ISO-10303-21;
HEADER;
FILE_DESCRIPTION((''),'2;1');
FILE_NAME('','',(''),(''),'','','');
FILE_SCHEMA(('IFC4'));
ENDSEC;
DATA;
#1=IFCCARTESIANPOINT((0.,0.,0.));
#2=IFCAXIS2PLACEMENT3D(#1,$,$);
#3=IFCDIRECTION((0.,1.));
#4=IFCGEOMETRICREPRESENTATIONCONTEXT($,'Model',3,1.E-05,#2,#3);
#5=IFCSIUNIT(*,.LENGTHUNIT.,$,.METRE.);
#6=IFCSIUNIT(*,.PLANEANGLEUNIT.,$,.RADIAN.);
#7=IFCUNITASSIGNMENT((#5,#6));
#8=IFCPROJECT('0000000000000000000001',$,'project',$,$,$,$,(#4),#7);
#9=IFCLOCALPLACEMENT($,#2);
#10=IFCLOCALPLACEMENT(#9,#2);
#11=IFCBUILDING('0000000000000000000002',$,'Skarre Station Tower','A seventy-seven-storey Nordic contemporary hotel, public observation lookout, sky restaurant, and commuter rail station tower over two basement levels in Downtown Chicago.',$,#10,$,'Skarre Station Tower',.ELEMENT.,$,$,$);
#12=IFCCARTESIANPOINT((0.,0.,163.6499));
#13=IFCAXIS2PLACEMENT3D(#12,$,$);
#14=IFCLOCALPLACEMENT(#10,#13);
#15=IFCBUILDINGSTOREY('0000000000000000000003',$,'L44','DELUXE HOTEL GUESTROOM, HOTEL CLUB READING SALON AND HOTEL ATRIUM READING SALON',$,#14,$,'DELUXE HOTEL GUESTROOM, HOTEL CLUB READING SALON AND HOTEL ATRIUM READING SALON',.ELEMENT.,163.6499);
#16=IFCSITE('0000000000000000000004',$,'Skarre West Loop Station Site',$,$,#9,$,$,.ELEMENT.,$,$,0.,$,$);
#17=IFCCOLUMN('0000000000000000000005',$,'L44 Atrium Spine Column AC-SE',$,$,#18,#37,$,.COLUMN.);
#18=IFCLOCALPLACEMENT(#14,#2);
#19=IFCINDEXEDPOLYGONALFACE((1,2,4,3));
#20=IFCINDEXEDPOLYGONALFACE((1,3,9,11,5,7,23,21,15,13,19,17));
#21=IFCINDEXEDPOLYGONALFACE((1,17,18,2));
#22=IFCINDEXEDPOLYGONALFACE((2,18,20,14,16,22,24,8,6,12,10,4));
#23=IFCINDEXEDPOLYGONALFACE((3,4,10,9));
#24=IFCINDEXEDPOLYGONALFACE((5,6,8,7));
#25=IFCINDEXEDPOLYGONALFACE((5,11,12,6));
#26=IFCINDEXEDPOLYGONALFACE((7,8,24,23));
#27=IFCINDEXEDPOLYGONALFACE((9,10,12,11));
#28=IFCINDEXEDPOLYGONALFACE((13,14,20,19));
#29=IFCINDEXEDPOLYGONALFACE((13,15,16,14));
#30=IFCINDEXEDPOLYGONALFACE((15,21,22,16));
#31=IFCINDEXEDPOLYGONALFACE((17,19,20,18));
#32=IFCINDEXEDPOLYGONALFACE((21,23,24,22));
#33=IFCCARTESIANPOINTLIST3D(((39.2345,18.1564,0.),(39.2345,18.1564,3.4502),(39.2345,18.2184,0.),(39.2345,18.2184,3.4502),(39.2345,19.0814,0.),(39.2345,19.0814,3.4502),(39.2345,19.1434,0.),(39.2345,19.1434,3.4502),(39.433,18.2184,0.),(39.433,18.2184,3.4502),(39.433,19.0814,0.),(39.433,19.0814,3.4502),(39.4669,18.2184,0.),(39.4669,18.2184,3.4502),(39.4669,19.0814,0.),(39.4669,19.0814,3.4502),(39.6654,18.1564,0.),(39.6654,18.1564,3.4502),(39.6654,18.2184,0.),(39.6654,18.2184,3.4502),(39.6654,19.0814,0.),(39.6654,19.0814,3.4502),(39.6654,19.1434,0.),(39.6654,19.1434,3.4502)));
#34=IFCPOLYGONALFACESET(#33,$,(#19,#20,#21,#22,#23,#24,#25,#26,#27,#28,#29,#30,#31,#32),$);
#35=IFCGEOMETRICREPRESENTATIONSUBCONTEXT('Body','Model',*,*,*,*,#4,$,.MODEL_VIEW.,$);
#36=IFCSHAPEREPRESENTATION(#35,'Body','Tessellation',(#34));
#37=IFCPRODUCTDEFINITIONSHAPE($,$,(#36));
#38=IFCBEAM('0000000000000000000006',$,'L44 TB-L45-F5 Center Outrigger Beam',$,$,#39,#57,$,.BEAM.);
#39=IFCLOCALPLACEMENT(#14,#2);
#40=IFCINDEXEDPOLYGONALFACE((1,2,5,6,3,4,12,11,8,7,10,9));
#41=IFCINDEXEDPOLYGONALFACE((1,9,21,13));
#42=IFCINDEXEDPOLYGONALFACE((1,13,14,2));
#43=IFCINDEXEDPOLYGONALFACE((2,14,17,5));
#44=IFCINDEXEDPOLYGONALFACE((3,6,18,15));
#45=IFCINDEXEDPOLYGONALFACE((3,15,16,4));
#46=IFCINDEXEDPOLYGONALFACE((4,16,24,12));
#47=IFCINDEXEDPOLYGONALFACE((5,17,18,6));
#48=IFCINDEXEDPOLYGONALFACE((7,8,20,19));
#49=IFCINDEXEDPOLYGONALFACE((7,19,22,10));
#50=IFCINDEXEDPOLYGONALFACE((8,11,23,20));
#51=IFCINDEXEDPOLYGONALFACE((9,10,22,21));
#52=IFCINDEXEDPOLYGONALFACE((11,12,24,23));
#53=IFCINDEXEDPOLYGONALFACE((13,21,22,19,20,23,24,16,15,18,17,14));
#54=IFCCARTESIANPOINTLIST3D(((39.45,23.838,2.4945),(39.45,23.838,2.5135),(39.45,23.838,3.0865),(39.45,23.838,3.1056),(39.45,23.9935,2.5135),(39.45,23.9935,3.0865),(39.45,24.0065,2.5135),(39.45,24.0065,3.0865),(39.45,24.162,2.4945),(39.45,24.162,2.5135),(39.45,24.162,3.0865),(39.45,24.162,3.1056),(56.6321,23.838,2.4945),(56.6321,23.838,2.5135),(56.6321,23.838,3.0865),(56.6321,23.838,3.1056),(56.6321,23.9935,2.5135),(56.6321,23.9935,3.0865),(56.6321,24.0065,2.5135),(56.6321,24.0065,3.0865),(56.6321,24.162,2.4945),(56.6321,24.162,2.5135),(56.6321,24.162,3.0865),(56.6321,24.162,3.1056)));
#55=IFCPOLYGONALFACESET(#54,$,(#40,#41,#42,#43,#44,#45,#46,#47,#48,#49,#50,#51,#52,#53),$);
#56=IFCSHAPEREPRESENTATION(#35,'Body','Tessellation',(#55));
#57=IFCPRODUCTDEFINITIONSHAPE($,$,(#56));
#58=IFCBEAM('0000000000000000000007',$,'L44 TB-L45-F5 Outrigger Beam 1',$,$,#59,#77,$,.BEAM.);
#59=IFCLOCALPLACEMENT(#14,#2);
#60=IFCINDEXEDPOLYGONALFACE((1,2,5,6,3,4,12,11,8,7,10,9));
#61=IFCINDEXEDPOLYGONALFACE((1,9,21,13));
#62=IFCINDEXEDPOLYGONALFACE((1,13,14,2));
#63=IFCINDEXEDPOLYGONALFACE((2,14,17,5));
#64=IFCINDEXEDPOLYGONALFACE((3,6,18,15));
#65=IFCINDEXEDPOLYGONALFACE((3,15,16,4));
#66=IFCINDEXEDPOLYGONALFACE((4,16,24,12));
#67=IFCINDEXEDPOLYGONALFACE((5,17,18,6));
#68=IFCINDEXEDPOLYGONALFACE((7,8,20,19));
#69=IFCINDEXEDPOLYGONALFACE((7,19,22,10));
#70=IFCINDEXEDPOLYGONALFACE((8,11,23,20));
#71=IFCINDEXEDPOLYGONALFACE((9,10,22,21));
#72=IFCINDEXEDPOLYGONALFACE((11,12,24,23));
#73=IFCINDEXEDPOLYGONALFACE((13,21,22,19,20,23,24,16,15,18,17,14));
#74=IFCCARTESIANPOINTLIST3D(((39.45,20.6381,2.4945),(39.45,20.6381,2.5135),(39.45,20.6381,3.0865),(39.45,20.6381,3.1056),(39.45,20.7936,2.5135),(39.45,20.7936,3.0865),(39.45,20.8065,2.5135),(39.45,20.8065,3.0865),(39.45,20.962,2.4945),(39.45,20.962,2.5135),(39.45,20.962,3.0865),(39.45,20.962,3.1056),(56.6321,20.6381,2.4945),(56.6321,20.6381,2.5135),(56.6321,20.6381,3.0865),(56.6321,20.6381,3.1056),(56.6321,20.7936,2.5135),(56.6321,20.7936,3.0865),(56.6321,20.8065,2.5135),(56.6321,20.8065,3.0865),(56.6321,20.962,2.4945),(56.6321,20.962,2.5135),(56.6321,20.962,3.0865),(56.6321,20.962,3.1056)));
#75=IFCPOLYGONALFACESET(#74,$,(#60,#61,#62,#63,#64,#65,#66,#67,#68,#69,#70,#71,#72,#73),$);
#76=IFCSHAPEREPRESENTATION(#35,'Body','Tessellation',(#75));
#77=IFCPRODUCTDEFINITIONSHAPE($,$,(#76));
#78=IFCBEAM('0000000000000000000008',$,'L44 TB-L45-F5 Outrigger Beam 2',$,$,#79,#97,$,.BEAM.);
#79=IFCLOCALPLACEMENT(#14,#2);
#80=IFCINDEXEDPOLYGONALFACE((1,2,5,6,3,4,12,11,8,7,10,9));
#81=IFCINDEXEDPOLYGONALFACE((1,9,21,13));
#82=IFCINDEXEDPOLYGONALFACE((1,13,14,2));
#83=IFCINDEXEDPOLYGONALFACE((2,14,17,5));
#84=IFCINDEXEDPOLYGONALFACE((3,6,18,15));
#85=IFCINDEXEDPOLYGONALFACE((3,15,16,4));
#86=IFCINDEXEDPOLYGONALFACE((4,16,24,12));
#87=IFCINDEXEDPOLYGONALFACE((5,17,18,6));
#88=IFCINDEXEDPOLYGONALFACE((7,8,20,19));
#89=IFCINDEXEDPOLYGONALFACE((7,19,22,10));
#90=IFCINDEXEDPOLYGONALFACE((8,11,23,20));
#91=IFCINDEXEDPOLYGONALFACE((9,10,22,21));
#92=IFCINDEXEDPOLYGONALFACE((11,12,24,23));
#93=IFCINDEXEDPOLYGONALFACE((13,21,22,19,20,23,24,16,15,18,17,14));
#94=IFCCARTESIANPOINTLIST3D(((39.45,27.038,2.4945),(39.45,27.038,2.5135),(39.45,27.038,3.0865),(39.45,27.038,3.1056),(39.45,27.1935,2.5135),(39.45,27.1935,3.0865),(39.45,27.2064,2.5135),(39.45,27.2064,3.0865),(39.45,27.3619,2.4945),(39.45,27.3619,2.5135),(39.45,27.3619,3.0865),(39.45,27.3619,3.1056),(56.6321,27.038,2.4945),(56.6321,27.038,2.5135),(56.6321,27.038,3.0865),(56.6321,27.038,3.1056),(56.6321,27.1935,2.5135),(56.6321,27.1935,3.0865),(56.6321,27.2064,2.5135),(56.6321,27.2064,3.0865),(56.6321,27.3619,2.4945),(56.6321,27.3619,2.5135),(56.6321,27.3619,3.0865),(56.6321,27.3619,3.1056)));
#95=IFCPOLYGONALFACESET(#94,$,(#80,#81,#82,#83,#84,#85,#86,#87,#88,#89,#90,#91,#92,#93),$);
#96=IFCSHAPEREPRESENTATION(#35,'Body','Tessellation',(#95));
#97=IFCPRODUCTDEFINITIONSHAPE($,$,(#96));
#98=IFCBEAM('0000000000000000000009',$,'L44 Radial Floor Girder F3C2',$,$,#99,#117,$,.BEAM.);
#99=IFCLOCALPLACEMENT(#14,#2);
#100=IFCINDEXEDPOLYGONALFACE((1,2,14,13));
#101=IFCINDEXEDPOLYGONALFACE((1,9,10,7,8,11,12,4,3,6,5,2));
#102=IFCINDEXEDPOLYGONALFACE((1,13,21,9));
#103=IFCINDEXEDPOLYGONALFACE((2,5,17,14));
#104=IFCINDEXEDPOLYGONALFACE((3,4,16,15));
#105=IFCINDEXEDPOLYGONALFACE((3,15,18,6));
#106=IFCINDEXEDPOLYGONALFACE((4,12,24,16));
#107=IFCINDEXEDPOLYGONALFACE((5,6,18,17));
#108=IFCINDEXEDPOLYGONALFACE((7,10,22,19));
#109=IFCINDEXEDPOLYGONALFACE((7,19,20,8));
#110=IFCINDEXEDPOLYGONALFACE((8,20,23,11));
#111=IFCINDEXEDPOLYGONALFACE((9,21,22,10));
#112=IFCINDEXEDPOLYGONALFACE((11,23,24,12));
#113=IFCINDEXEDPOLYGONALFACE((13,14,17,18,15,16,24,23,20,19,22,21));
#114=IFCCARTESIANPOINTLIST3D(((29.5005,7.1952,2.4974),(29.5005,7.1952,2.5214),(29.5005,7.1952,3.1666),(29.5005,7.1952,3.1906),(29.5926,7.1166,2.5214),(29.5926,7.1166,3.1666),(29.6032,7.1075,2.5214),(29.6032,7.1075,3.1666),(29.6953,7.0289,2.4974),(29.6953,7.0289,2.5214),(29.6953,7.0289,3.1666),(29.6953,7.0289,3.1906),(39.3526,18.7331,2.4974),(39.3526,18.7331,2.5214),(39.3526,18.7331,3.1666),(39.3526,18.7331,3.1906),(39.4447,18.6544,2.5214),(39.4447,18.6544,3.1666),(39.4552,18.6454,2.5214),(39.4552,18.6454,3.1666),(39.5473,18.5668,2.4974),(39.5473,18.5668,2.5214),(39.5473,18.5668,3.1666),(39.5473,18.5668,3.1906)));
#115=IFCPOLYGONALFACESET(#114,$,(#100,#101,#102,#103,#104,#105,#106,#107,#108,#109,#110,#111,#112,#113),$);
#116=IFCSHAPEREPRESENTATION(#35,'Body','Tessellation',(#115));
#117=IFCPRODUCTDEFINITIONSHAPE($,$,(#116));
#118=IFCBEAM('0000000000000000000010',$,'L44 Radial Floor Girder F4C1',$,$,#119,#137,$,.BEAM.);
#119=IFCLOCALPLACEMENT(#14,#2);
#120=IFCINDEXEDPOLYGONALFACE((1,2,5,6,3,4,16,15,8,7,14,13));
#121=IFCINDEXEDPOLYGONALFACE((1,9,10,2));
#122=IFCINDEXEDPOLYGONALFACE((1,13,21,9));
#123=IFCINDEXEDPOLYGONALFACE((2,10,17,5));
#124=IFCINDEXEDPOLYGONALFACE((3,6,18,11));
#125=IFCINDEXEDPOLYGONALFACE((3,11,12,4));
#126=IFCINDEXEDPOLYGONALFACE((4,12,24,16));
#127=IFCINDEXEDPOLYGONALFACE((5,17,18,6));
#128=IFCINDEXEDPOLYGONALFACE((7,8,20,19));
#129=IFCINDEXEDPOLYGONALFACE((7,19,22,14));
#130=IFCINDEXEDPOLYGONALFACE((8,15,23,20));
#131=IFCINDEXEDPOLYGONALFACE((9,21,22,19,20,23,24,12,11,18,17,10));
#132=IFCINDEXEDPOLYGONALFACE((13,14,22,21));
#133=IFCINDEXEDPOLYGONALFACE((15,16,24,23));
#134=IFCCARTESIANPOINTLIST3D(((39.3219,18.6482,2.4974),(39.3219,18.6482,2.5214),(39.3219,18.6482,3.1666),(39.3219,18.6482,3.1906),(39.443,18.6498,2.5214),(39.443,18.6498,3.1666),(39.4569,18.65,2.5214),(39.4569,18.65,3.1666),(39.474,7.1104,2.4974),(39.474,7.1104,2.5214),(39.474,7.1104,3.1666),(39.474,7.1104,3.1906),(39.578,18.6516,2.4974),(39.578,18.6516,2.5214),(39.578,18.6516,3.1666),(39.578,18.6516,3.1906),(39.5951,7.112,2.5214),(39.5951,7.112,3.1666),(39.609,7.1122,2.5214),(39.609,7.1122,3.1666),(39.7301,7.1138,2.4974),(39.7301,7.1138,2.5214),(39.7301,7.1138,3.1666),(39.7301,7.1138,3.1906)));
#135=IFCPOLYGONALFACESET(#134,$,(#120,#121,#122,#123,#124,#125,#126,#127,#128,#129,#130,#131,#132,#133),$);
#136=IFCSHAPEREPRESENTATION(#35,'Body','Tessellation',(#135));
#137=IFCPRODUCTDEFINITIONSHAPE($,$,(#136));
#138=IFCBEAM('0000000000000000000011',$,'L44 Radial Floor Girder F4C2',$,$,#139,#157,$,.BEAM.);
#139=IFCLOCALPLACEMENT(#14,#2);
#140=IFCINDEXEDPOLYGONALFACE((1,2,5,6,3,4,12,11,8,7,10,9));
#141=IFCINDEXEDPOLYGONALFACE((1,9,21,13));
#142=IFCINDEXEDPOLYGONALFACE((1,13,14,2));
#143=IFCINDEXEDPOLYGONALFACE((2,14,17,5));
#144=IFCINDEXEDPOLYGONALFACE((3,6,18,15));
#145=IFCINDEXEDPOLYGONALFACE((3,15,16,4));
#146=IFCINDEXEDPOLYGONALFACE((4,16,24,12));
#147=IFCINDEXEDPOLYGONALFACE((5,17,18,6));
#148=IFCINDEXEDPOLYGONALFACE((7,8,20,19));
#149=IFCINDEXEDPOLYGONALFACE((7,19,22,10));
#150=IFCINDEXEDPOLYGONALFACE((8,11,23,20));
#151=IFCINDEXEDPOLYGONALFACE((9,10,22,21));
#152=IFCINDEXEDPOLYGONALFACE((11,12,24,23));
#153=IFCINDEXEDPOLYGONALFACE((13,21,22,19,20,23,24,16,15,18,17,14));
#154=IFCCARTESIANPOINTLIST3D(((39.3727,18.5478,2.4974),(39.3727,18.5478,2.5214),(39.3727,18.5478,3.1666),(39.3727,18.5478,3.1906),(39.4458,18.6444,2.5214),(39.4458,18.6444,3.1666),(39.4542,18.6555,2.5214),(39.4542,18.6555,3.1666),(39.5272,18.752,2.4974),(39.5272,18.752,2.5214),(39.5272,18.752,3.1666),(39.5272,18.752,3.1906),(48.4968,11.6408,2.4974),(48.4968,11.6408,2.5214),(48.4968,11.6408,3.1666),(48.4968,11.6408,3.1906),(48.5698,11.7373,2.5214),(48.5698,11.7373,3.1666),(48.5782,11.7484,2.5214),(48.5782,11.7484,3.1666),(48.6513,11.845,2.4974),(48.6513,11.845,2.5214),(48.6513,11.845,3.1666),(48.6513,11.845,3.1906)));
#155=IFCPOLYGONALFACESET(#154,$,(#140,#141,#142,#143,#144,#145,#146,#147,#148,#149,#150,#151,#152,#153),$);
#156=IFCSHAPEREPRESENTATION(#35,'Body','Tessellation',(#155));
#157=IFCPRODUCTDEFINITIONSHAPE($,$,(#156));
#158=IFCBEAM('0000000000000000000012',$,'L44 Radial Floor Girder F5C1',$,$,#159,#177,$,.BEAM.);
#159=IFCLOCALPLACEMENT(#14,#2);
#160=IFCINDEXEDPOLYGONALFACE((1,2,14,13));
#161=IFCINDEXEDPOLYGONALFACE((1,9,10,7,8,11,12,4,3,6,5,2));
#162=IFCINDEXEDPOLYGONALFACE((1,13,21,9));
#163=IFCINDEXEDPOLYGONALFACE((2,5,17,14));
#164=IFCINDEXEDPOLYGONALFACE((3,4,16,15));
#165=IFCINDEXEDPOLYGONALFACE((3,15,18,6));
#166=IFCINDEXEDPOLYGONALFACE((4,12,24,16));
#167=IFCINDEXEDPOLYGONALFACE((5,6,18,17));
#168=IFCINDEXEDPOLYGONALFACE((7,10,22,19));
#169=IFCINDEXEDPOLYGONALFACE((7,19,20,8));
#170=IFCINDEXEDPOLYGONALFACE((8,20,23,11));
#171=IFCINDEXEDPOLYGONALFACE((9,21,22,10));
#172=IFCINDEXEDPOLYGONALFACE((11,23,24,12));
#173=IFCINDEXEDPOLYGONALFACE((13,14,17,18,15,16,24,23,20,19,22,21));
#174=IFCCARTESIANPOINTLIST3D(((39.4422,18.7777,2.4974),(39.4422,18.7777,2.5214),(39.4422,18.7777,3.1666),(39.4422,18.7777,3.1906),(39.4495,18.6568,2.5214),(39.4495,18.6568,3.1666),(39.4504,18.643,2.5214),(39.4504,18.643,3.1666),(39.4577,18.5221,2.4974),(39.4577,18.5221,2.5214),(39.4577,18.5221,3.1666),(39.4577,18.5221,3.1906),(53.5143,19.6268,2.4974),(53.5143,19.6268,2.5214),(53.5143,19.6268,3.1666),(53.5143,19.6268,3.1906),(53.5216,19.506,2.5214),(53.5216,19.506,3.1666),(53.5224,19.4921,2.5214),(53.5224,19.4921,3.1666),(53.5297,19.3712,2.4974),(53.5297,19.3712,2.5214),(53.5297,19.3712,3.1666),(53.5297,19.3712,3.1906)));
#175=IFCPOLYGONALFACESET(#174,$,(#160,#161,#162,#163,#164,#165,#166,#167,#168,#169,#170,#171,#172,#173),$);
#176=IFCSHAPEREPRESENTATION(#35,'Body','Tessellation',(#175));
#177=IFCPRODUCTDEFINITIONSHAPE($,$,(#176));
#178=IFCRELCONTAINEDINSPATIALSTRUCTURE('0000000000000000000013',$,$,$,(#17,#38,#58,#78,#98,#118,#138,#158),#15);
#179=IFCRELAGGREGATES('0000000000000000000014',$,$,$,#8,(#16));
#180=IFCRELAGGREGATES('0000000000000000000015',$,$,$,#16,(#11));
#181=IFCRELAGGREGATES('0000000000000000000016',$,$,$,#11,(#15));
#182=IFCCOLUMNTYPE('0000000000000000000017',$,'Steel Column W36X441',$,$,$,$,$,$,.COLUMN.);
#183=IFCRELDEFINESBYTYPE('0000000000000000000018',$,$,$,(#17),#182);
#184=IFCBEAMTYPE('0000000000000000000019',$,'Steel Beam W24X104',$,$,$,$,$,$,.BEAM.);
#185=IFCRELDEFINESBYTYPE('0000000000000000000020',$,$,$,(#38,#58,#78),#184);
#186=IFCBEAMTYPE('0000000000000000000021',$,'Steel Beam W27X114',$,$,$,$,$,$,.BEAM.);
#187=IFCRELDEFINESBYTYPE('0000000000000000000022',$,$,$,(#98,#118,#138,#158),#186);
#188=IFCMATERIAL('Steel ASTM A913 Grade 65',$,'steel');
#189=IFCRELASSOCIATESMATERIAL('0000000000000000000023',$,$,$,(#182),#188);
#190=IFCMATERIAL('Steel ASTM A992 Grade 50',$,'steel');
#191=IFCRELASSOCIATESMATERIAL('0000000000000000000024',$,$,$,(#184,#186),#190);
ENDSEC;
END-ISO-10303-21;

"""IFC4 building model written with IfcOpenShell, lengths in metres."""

from ifc_helpers import new_model, si_unit, direction, frame, origin, origin_2d, place, context, subcontext, project, spatial, i_section, extrude, material, material_profile, profile_set, type_object, element, save


model = new_model("IFC4")

# Units and contexts
model_context = context("Model", 3, precision=1e-05, world=origin(), true_north=direction((0.0, 1.0)))
body_context = subcontext(model_context, "Body", "Model", "MODEL_VIEW")
ifc_project = project(units=[si_unit("LENGTHUNIT", "METRE"), si_unit("PLANEANGLEUNIT", "RADIAN")], contexts=[model_context])

# Site, building, storey
site_placement = place(None, origin())
site = spatial("IfcSite", under=ifc_project, at=site_placement, Name="Skarre West Loop Station Site", CompositionType="ELEMENT", RefElevation=0.0)
building_placement = place(site_placement, origin())
building = spatial("IfcBuilding", under=site, at=building_placement, Name="Skarre Station Tower", Description="A seventy-seven-storey Nordic contemporary hotel, public observation lookout, sky restaurant, and commuter rail station tower over two basement levels in Downtown Chicago.", LongName="Skarre Station Tower", CompositionType="ELEMENT")
storey_placement = place(building_placement, frame((0.0, 0.0, 163.6499)))
storey = spatial("IfcBuildingStorey", under=building, at=storey_placement, Name="L44", Description="DELUXE HOTEL GUESTROOM, HOTEL CLUB READING SALON AND HOTEL ATRIUM READING SALON", LongName="DELUXE HOTEL GUESTROOM, HOTEL CLUB READING SALON AND HOTEL ATRIUM READING SALON", CompositionType="ELEMENT", Elevation=163.6499)

# Column
ifc_material_1 = material(Name="Steel ASTM A913 Grade 65", Category="steel")
ifc_material_profile_1 = material_profile(ifc_material_1, i_section(OverallWidth=0.4309, OverallDepth=0.9871, WebThickness=0.0339, FlangeThickness=0.062, at=origin_2d()), Name="Steel ASTM A913 Grade 65")
ifc_profile_set_1 = profile_set([ifc_material_profile_1], Name="Steel ASTM A913 Grade 65")
column_type = type_object("IfcColumnType", Name="Steel Column W36X441", PredefinedType="COLUMN", material=ifc_profile_set_1)
column_placement = place(storey_placement, frame((39.45, 18.6499, 0.0), z_axis=(0.0, 0.0, 1.0), x_axis=(1.0, 0.0, 0.0)))
element("IfcColumn", 1, at=column_placement, inside=storey, type_object=column_type, Name="L44 Atrium Spine Column AC-SE", PredefinedType="COLUMN", context=body_context, shape_type="SweptSolid", body=[
    extrude(i_section(OverallWidth=0.4309, OverallDepth=0.9871, WebThickness=0.0339, FlangeThickness=0.062, at=origin_2d()), origin(), (0.0, 0.0, 1.0), 3.4502),
])

# Beams
ifc_material_2 = material(Name="Steel ASTM A992 Grade 50", Category="steel")
ifc_material_profile_2 = material_profile(ifc_material_2, i_section(OverallWidth=0.324, OverallDepth=0.6111, WebThickness=0.0129, FlangeThickness=0.019, at=origin_2d()), Name="Steel ASTM A992 Grade 50")
ifc_profile_set_2 = profile_set([ifc_material_profile_2], Name="Steel ASTM A992 Grade 50")
beam_type_1 = type_object("IfcBeamType", Name="Steel Beam W24X104", PredefinedType="BEAM", material=ifc_profile_set_2)
for number, where, z_axis, x_axis, name in (
    (2, (39.45, 24.0, 2.8), (1.0, 0.0, 0.0), (0.0, 1.0, 0.0), "L44 TB-L45-F5 Center Outrigger Beam"),
    (3, (39.45, 20.8, 2.8), (1.0, 0.0, 0.0), (0.0, 1.0, 0.0), "L44 TB-L45-F5 Outrigger Beam 1"),
    (4, (39.45, 27.2, 2.8), (1.0, 0.0, 0.0), (0.0, 1.0, 0.0), "L44 TB-L45-F5 Outrigger Beam 2"),
):
    element("IfcBeam", number, at=place(storey_placement, frame(where, z_axis=z_axis, x_axis=x_axis)), inside=storey, type_object=beam_type_1, Name=name, PredefinedType="BEAM", context=body_context, shape_type="SweptSolid", body=[
        extrude(i_section(OverallWidth=0.324, OverallDepth=0.6111, WebThickness=0.0129, FlangeThickness=0.019, at=origin_2d()), origin(), (0.0, 0.0, 1.0), 17.1821),
    ])
ifc_material_profile_3 = material_profile(ifc_material_2, i_section(OverallWidth=0.2561, OverallDepth=0.6931, WebThickness=0.0139, FlangeThickness=0.0239, at=origin_2d()), Name="Steel ASTM A992 Grade 50")
ifc_profile_set_3 = profile_set([ifc_material_profile_3], Name="Steel ASTM A992 Grade 50")
beam_type_2 = type_object("IfcBeamType", Name="Steel Beam W27X114", PredefinedType="BEAM", material=ifc_profile_set_3)
beam_1_placement = place(storey_placement, frame((39.45, 18.6499, 2.844), z_axis=(-0.649364, -0.760477, 0.0), x_axis=(0.760477, -0.649364, 0.0)))
element("IfcBeam", 5, at=beam_1_placement, inside=storey, type_object=beam_type_2, Name="L44 Radial Floor Girder F3C2", PredefinedType="BEAM", context=body_context, shape_type="SweptSolid", body=[
    extrude(i_section(OverallWidth=0.2561, OverallDepth=0.6931, WebThickness=0.0139, FlangeThickness=0.0239, at=origin_2d()), origin(), (0.0, 0.0, 1.0), 15.1719),
])
beam_2_placement = place(storey_placement, frame((39.45, 18.6499, 2.844), z_axis=(0.013182, -0.999913, 0.0), x_axis=(0.999913, 0.013182, 0.0)))
element("IfcBeam", 6, at=beam_2_placement, inside=storey, type_object=beam_type_2, Name="L44 Radial Floor Girder F4C1", PredefinedType="BEAM", context=body_context, shape_type="SweptSolid", body=[
    extrude(i_section(OverallWidth=0.2561, OverallDepth=0.6931, WebThickness=0.0139, FlangeThickness=0.0239, at=origin_2d()), origin(), (0.0, 0.0, 1.0), 11.5388),
])
beam_3_placement = place(storey_placement, frame((39.45, 18.6499, 2.844), z_axis=(0.797309, -0.603571, 0.0), x_axis=(0.603571, 0.797309, 0.0)))
element("IfcBeam", 7, at=beam_3_placement, inside=storey, type_object=beam_type_2, Name="L44 Radial Floor Girder F4C2", PredefinedType="BEAM", context=body_context, shape_type="SweptSolid", body=[
    extrude(i_section(OverallWidth=0.2561, OverallDepth=0.6931, WebThickness=0.0139, FlangeThickness=0.0239, at=origin_2d()), origin(), (0.0, 0.0, 1.0), 11.4436),
])
beam_4_placement = place(storey_placement, frame((39.45, 18.6499, 2.844), z_axis=(0.998184, 0.060232, 0.0), x_axis=(-0.060232, 0.998184, 0.0)))
element("IfcBeam", 8, at=beam_4_placement, inside=storey, type_object=beam_type_2, Name="L44 Radial Floor Girder F5C1", PredefinedType="BEAM", context=body_context, shape_type="SweptSolid", body=[
    extrude(i_section(OverallWidth=0.2561, OverallDepth=0.6931, WebThickness=0.0139, FlangeThickness=0.0239, at=origin_2d()), origin(), (0.0, 0.0, 1.0), 14.0977),
])

save(model, "model.ifc")
